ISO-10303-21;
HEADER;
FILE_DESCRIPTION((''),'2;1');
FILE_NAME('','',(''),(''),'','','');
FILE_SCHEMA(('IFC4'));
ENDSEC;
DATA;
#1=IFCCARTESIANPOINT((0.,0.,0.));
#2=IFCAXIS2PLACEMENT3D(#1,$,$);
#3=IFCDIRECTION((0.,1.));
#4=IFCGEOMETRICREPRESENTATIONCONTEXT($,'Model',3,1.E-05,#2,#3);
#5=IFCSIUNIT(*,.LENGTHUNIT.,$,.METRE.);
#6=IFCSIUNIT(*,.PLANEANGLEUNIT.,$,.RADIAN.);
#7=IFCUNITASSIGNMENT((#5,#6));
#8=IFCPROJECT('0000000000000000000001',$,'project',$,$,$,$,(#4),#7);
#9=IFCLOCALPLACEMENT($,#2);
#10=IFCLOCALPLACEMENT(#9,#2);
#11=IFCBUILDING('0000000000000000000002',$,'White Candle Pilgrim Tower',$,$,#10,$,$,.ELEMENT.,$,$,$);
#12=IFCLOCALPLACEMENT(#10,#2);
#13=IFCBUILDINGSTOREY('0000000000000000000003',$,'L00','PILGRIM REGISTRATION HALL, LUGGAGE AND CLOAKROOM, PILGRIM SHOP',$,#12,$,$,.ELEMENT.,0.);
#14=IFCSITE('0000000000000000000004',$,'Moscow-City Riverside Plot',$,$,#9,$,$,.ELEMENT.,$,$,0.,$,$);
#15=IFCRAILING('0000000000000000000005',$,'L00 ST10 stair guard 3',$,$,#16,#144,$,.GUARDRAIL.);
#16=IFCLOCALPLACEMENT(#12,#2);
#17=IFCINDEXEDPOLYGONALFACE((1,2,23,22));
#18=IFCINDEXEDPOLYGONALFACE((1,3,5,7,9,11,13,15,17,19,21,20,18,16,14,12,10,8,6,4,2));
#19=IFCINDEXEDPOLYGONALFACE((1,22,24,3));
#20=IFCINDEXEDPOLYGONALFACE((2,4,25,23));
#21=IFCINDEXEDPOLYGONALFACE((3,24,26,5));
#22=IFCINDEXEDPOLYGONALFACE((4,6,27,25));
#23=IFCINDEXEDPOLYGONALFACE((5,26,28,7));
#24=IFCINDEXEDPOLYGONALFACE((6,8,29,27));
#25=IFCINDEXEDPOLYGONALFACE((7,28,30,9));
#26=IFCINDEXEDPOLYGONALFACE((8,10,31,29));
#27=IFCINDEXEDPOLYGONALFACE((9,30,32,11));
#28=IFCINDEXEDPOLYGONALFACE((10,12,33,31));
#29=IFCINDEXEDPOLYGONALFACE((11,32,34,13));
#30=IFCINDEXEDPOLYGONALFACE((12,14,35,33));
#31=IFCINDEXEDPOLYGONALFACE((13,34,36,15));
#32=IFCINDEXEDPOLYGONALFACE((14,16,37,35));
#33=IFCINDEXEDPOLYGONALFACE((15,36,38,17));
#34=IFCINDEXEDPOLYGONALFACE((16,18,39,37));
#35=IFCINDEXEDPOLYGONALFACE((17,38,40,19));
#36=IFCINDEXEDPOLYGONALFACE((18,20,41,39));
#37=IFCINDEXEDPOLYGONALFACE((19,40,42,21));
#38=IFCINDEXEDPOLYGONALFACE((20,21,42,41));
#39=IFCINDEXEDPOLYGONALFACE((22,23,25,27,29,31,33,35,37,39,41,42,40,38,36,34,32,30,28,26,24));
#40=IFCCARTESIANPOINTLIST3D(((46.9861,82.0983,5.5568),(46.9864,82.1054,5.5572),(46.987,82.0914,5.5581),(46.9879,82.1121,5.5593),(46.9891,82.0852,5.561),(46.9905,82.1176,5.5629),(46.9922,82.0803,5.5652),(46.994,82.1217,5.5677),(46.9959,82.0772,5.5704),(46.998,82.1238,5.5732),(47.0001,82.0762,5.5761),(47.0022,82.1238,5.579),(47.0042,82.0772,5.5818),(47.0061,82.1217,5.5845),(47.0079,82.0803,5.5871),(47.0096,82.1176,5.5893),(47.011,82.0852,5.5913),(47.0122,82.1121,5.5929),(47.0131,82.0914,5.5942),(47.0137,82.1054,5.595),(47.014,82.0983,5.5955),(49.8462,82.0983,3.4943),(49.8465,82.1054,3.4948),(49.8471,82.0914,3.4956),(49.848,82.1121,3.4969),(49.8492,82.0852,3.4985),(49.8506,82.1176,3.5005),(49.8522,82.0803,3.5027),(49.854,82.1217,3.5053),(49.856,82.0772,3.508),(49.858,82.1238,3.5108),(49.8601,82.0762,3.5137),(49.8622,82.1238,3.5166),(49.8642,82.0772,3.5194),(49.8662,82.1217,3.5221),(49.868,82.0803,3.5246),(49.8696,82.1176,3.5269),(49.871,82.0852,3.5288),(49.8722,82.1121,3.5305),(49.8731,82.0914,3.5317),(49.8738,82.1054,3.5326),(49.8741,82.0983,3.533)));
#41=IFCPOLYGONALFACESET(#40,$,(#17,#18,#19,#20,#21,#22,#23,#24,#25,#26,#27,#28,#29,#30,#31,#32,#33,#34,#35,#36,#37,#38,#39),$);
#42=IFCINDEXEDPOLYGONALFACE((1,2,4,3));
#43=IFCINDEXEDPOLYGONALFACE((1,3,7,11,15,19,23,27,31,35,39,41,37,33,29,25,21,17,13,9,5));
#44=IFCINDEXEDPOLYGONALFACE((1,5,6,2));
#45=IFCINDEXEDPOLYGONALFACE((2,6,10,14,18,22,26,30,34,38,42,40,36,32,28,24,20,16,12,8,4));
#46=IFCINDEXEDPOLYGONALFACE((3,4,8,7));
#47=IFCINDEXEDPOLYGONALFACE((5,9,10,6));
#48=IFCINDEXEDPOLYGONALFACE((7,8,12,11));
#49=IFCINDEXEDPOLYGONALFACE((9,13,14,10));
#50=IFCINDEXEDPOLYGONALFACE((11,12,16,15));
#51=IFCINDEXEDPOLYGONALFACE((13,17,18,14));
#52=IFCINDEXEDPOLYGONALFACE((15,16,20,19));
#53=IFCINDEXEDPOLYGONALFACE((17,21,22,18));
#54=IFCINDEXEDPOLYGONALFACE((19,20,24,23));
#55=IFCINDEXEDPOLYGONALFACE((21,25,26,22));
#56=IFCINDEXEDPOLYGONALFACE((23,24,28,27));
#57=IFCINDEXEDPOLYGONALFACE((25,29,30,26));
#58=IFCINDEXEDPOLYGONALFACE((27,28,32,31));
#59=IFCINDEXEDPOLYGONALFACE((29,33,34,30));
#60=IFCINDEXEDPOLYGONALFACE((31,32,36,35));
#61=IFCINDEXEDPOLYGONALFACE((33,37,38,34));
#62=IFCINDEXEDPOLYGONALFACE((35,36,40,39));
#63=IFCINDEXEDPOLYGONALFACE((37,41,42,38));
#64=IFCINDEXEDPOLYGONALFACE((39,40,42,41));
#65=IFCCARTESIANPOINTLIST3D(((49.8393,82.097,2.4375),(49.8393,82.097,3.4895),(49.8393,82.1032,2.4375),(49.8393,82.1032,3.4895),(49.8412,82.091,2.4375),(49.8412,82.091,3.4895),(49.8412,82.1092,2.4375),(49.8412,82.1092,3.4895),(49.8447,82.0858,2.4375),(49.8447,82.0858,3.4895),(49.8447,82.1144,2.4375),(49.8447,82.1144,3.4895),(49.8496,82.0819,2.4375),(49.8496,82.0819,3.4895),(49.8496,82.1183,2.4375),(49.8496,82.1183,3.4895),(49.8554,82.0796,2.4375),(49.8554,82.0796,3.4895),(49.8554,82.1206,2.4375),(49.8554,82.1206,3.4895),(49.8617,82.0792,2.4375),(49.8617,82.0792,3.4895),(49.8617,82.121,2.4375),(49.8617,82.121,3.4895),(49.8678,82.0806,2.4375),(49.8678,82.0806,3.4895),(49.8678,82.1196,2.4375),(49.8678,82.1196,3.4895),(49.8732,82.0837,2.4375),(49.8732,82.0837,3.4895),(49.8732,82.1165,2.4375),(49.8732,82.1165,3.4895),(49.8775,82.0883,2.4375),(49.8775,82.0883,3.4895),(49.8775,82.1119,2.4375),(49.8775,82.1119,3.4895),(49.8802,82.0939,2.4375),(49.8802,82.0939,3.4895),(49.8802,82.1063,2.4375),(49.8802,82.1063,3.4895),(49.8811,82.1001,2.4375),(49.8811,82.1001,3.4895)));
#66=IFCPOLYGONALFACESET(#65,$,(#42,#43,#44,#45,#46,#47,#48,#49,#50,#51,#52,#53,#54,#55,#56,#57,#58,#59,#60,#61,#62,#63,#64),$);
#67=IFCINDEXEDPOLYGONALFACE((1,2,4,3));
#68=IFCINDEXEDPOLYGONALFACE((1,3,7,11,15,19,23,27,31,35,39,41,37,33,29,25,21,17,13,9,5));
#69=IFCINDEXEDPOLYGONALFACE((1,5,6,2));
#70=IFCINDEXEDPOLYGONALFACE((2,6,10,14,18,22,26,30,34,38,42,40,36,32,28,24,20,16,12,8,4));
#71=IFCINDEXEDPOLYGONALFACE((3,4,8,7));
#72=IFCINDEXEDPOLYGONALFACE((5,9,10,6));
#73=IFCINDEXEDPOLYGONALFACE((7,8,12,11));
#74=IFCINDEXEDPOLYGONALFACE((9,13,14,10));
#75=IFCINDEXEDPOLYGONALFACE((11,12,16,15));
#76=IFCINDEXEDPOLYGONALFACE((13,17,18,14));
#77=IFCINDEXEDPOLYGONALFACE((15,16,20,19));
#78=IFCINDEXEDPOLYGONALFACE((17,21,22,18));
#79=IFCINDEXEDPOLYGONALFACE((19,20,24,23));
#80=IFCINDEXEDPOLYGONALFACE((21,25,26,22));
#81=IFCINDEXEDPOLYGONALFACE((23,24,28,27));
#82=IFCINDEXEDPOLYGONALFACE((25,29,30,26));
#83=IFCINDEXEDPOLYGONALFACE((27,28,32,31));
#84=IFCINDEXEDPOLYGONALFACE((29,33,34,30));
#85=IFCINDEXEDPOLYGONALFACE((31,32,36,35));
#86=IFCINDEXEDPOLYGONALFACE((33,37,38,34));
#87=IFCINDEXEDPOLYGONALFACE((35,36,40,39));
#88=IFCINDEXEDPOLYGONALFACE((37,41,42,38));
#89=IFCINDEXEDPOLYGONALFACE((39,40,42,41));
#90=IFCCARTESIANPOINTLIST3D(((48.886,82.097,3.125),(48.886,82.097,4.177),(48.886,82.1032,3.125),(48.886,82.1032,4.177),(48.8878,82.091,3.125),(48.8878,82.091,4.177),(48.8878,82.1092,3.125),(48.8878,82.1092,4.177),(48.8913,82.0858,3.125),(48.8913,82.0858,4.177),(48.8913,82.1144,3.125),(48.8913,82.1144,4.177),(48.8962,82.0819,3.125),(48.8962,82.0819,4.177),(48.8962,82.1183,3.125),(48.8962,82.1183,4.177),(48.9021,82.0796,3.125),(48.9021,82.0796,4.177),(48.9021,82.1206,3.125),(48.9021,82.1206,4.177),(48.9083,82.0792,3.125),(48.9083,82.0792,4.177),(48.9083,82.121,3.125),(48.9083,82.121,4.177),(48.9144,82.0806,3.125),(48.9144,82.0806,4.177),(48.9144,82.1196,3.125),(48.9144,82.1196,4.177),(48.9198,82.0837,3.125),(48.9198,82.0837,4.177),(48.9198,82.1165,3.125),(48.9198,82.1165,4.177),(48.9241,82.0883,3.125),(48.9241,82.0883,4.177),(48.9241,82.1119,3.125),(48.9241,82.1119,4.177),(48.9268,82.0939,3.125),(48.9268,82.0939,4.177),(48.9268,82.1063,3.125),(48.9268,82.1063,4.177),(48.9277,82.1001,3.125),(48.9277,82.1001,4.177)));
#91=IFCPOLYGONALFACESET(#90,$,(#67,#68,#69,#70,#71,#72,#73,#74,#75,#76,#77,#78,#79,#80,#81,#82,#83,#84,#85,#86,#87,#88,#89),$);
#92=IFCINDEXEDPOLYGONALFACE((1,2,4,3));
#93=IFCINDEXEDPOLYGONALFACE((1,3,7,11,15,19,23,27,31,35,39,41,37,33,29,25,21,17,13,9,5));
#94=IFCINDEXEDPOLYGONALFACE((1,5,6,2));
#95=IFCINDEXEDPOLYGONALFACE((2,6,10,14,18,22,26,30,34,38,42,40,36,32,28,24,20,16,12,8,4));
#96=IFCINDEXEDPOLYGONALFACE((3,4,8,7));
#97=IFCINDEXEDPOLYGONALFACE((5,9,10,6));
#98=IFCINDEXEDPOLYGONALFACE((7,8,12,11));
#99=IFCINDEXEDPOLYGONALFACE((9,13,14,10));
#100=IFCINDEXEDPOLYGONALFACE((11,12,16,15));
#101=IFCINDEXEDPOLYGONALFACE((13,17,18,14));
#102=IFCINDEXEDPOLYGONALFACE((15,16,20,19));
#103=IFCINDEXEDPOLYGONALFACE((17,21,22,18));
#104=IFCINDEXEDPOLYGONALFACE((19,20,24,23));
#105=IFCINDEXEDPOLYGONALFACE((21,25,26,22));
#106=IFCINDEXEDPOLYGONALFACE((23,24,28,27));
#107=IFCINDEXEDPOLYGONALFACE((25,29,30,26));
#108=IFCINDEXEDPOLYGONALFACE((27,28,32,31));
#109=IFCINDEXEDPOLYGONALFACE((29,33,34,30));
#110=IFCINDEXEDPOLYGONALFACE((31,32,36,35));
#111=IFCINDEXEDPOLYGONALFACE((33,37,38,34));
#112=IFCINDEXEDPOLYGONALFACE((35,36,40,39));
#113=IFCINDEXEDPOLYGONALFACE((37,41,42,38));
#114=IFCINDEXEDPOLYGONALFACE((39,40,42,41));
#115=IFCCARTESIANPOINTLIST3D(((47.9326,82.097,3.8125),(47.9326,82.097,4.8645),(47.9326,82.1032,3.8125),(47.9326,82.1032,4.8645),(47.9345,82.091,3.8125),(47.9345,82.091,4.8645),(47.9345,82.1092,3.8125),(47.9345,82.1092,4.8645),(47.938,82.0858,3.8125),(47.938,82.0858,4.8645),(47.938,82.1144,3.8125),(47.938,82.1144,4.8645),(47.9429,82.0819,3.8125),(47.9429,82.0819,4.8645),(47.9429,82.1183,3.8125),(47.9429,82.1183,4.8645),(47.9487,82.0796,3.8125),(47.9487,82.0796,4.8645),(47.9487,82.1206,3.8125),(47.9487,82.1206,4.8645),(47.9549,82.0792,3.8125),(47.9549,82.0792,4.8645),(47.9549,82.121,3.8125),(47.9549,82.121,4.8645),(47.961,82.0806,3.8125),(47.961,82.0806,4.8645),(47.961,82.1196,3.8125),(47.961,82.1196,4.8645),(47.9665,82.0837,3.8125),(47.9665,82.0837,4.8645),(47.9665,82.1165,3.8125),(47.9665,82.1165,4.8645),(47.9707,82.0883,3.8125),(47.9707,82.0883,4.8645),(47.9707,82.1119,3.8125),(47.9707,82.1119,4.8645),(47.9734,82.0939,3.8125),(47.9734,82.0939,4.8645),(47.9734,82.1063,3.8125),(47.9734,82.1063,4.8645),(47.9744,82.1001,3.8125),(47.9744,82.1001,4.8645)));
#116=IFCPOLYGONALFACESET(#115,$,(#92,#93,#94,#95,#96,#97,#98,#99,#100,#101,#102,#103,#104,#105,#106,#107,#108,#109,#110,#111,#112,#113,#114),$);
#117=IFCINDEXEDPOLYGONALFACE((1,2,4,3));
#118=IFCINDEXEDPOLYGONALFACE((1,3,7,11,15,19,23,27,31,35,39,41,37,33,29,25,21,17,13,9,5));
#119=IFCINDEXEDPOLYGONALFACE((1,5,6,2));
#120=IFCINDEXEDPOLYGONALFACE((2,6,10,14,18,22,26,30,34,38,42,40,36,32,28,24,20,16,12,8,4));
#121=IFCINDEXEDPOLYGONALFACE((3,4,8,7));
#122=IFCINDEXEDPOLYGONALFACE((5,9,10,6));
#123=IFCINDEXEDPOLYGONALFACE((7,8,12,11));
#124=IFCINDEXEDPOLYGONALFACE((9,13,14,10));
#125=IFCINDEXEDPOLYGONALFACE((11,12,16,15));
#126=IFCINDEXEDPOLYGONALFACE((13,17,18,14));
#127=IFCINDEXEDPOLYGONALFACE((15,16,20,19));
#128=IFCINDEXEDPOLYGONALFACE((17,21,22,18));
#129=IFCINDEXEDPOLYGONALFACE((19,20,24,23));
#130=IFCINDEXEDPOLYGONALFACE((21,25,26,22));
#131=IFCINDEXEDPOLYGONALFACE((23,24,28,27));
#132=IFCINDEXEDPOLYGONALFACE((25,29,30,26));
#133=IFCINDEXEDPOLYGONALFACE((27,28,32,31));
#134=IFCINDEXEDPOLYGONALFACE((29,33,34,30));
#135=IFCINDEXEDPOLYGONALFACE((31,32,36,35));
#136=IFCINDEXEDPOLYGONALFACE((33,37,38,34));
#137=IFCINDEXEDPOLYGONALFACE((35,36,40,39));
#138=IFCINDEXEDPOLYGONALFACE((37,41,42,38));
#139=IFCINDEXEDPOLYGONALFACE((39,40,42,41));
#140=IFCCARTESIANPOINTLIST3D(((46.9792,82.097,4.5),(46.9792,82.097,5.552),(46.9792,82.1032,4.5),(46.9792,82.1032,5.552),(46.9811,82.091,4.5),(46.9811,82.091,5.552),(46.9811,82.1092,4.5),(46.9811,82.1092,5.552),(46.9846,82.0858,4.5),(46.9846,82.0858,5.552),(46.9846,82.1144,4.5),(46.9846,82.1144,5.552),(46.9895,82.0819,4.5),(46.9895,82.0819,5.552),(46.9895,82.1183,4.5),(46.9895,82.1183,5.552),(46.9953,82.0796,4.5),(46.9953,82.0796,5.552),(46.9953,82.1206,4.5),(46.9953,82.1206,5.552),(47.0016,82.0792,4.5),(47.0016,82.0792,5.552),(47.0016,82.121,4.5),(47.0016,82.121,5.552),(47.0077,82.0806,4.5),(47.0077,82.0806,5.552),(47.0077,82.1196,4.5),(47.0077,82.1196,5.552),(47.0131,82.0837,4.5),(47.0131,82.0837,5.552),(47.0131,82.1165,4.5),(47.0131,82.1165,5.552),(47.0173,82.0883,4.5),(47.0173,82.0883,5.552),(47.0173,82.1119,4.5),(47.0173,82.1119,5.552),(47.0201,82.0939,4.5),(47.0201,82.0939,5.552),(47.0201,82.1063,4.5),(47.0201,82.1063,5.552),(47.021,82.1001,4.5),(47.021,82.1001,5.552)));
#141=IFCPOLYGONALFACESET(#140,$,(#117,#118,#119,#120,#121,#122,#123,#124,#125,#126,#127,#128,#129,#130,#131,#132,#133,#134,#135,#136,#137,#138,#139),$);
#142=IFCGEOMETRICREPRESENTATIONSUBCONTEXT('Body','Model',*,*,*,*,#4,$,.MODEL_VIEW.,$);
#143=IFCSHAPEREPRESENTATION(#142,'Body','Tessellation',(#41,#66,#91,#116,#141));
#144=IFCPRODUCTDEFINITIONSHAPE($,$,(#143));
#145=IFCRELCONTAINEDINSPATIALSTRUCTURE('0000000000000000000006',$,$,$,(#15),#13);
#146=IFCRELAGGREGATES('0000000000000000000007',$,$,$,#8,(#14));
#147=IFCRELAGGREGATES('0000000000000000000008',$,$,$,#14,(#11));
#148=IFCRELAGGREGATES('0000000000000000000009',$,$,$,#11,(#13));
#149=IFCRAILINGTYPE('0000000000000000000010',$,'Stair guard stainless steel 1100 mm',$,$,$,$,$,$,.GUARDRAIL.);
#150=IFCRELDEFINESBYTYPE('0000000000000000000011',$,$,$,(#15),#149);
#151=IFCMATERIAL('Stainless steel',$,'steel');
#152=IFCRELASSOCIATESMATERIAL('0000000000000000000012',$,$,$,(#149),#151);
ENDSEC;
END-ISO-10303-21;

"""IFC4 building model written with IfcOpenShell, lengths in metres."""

from ifc_helpers import new_model, si_unit, direction, frame, origin, origin_2d, place, context, subcontext, project, spatial, circle, extrude, material, type_object, element, save


model = new_model("IFC4")

# Units and contexts
model_context = context("Model", 3, precision=1e-05, world=origin(), true_north=direction((0.0, 1.0)))
body_context = subcontext(model_context, "Body", "Model", "MODEL_VIEW")
ifc_project = project(units=[si_unit("LENGTHUNIT", "METRE"), si_unit("PLANEANGLEUNIT", "RADIAN")], contexts=[model_context])

# Site, building, storey
site_placement = place(None, origin())
site = spatial("IfcSite", under=ifc_project, at=site_placement, Name="Moscow-City Riverside Plot", CompositionType="ELEMENT", RefElevation=0.0)
building_placement = place(site_placement, origin())
building = spatial("IfcBuilding", under=site, at=building_placement, Name="White Candle Pilgrim Tower", CompositionType="ELEMENT")
storey_placement = place(building_placement, origin())
storey = spatial("IfcBuildingStorey", under=building, at=storey_placement, Name="L00", Description="PILGRIM REGISTRATION HALL, LUGGAGE AND CLOAKROOM, PILGRIM SHOP", CompositionType="ELEMENT", Elevation=0.0)

# Railing
ifc_material_1 = material(Name="Stainless steel", Category="steel")
railing_type_1 = type_object("IfcRailingType", Name="Stair guard stainless steel 1100 mm", PredefinedType="GUARDRAIL", material=ifc_material_1)
railing_1_placement = place(storey_placement, frame((49.8601, 82.1001, 2.4375)))
element("IfcRailing", 1, at=railing_1_placement, inside=storey, type_object=railing_type_1, Name="L00 ST10 stair guard 3", PredefinedType="GUARDRAIL", context=body_context, shape_type="SweptSolid", body=[
    extrude(circle(Radius=0.0239, at=origin_2d()), frame((0.0, 0.0, 1.0762), z_axis=(-0.811101, 0.0, 0.584906), x_axis=(0.0, -1.0, 0.0)), (0.0, 0.0, 1.0), 3.5261),
    extrude(circle(Radius=0.021, at=origin_2d()), origin(), (0.0, 0.0, 1.0), 1.052),
    extrude(circle(Radius=0.021, at=origin_2d()), frame((-0.9534, 0.0, 0.6875)), (0.0, 0.0, 1.0), 1.052),
    extrude(circle(Radius=0.021, at=origin_2d()), frame((-1.9067, 0.0, 1.375)), (0.0, 0.0, 1.0), 1.052),
    extrude(circle(Radius=0.021, at=origin_2d()), frame((-2.8601, 0.0, 2.0625)), (0.0, 0.0, 1.0), 1.052),
])

save(model, "model.ifc")
